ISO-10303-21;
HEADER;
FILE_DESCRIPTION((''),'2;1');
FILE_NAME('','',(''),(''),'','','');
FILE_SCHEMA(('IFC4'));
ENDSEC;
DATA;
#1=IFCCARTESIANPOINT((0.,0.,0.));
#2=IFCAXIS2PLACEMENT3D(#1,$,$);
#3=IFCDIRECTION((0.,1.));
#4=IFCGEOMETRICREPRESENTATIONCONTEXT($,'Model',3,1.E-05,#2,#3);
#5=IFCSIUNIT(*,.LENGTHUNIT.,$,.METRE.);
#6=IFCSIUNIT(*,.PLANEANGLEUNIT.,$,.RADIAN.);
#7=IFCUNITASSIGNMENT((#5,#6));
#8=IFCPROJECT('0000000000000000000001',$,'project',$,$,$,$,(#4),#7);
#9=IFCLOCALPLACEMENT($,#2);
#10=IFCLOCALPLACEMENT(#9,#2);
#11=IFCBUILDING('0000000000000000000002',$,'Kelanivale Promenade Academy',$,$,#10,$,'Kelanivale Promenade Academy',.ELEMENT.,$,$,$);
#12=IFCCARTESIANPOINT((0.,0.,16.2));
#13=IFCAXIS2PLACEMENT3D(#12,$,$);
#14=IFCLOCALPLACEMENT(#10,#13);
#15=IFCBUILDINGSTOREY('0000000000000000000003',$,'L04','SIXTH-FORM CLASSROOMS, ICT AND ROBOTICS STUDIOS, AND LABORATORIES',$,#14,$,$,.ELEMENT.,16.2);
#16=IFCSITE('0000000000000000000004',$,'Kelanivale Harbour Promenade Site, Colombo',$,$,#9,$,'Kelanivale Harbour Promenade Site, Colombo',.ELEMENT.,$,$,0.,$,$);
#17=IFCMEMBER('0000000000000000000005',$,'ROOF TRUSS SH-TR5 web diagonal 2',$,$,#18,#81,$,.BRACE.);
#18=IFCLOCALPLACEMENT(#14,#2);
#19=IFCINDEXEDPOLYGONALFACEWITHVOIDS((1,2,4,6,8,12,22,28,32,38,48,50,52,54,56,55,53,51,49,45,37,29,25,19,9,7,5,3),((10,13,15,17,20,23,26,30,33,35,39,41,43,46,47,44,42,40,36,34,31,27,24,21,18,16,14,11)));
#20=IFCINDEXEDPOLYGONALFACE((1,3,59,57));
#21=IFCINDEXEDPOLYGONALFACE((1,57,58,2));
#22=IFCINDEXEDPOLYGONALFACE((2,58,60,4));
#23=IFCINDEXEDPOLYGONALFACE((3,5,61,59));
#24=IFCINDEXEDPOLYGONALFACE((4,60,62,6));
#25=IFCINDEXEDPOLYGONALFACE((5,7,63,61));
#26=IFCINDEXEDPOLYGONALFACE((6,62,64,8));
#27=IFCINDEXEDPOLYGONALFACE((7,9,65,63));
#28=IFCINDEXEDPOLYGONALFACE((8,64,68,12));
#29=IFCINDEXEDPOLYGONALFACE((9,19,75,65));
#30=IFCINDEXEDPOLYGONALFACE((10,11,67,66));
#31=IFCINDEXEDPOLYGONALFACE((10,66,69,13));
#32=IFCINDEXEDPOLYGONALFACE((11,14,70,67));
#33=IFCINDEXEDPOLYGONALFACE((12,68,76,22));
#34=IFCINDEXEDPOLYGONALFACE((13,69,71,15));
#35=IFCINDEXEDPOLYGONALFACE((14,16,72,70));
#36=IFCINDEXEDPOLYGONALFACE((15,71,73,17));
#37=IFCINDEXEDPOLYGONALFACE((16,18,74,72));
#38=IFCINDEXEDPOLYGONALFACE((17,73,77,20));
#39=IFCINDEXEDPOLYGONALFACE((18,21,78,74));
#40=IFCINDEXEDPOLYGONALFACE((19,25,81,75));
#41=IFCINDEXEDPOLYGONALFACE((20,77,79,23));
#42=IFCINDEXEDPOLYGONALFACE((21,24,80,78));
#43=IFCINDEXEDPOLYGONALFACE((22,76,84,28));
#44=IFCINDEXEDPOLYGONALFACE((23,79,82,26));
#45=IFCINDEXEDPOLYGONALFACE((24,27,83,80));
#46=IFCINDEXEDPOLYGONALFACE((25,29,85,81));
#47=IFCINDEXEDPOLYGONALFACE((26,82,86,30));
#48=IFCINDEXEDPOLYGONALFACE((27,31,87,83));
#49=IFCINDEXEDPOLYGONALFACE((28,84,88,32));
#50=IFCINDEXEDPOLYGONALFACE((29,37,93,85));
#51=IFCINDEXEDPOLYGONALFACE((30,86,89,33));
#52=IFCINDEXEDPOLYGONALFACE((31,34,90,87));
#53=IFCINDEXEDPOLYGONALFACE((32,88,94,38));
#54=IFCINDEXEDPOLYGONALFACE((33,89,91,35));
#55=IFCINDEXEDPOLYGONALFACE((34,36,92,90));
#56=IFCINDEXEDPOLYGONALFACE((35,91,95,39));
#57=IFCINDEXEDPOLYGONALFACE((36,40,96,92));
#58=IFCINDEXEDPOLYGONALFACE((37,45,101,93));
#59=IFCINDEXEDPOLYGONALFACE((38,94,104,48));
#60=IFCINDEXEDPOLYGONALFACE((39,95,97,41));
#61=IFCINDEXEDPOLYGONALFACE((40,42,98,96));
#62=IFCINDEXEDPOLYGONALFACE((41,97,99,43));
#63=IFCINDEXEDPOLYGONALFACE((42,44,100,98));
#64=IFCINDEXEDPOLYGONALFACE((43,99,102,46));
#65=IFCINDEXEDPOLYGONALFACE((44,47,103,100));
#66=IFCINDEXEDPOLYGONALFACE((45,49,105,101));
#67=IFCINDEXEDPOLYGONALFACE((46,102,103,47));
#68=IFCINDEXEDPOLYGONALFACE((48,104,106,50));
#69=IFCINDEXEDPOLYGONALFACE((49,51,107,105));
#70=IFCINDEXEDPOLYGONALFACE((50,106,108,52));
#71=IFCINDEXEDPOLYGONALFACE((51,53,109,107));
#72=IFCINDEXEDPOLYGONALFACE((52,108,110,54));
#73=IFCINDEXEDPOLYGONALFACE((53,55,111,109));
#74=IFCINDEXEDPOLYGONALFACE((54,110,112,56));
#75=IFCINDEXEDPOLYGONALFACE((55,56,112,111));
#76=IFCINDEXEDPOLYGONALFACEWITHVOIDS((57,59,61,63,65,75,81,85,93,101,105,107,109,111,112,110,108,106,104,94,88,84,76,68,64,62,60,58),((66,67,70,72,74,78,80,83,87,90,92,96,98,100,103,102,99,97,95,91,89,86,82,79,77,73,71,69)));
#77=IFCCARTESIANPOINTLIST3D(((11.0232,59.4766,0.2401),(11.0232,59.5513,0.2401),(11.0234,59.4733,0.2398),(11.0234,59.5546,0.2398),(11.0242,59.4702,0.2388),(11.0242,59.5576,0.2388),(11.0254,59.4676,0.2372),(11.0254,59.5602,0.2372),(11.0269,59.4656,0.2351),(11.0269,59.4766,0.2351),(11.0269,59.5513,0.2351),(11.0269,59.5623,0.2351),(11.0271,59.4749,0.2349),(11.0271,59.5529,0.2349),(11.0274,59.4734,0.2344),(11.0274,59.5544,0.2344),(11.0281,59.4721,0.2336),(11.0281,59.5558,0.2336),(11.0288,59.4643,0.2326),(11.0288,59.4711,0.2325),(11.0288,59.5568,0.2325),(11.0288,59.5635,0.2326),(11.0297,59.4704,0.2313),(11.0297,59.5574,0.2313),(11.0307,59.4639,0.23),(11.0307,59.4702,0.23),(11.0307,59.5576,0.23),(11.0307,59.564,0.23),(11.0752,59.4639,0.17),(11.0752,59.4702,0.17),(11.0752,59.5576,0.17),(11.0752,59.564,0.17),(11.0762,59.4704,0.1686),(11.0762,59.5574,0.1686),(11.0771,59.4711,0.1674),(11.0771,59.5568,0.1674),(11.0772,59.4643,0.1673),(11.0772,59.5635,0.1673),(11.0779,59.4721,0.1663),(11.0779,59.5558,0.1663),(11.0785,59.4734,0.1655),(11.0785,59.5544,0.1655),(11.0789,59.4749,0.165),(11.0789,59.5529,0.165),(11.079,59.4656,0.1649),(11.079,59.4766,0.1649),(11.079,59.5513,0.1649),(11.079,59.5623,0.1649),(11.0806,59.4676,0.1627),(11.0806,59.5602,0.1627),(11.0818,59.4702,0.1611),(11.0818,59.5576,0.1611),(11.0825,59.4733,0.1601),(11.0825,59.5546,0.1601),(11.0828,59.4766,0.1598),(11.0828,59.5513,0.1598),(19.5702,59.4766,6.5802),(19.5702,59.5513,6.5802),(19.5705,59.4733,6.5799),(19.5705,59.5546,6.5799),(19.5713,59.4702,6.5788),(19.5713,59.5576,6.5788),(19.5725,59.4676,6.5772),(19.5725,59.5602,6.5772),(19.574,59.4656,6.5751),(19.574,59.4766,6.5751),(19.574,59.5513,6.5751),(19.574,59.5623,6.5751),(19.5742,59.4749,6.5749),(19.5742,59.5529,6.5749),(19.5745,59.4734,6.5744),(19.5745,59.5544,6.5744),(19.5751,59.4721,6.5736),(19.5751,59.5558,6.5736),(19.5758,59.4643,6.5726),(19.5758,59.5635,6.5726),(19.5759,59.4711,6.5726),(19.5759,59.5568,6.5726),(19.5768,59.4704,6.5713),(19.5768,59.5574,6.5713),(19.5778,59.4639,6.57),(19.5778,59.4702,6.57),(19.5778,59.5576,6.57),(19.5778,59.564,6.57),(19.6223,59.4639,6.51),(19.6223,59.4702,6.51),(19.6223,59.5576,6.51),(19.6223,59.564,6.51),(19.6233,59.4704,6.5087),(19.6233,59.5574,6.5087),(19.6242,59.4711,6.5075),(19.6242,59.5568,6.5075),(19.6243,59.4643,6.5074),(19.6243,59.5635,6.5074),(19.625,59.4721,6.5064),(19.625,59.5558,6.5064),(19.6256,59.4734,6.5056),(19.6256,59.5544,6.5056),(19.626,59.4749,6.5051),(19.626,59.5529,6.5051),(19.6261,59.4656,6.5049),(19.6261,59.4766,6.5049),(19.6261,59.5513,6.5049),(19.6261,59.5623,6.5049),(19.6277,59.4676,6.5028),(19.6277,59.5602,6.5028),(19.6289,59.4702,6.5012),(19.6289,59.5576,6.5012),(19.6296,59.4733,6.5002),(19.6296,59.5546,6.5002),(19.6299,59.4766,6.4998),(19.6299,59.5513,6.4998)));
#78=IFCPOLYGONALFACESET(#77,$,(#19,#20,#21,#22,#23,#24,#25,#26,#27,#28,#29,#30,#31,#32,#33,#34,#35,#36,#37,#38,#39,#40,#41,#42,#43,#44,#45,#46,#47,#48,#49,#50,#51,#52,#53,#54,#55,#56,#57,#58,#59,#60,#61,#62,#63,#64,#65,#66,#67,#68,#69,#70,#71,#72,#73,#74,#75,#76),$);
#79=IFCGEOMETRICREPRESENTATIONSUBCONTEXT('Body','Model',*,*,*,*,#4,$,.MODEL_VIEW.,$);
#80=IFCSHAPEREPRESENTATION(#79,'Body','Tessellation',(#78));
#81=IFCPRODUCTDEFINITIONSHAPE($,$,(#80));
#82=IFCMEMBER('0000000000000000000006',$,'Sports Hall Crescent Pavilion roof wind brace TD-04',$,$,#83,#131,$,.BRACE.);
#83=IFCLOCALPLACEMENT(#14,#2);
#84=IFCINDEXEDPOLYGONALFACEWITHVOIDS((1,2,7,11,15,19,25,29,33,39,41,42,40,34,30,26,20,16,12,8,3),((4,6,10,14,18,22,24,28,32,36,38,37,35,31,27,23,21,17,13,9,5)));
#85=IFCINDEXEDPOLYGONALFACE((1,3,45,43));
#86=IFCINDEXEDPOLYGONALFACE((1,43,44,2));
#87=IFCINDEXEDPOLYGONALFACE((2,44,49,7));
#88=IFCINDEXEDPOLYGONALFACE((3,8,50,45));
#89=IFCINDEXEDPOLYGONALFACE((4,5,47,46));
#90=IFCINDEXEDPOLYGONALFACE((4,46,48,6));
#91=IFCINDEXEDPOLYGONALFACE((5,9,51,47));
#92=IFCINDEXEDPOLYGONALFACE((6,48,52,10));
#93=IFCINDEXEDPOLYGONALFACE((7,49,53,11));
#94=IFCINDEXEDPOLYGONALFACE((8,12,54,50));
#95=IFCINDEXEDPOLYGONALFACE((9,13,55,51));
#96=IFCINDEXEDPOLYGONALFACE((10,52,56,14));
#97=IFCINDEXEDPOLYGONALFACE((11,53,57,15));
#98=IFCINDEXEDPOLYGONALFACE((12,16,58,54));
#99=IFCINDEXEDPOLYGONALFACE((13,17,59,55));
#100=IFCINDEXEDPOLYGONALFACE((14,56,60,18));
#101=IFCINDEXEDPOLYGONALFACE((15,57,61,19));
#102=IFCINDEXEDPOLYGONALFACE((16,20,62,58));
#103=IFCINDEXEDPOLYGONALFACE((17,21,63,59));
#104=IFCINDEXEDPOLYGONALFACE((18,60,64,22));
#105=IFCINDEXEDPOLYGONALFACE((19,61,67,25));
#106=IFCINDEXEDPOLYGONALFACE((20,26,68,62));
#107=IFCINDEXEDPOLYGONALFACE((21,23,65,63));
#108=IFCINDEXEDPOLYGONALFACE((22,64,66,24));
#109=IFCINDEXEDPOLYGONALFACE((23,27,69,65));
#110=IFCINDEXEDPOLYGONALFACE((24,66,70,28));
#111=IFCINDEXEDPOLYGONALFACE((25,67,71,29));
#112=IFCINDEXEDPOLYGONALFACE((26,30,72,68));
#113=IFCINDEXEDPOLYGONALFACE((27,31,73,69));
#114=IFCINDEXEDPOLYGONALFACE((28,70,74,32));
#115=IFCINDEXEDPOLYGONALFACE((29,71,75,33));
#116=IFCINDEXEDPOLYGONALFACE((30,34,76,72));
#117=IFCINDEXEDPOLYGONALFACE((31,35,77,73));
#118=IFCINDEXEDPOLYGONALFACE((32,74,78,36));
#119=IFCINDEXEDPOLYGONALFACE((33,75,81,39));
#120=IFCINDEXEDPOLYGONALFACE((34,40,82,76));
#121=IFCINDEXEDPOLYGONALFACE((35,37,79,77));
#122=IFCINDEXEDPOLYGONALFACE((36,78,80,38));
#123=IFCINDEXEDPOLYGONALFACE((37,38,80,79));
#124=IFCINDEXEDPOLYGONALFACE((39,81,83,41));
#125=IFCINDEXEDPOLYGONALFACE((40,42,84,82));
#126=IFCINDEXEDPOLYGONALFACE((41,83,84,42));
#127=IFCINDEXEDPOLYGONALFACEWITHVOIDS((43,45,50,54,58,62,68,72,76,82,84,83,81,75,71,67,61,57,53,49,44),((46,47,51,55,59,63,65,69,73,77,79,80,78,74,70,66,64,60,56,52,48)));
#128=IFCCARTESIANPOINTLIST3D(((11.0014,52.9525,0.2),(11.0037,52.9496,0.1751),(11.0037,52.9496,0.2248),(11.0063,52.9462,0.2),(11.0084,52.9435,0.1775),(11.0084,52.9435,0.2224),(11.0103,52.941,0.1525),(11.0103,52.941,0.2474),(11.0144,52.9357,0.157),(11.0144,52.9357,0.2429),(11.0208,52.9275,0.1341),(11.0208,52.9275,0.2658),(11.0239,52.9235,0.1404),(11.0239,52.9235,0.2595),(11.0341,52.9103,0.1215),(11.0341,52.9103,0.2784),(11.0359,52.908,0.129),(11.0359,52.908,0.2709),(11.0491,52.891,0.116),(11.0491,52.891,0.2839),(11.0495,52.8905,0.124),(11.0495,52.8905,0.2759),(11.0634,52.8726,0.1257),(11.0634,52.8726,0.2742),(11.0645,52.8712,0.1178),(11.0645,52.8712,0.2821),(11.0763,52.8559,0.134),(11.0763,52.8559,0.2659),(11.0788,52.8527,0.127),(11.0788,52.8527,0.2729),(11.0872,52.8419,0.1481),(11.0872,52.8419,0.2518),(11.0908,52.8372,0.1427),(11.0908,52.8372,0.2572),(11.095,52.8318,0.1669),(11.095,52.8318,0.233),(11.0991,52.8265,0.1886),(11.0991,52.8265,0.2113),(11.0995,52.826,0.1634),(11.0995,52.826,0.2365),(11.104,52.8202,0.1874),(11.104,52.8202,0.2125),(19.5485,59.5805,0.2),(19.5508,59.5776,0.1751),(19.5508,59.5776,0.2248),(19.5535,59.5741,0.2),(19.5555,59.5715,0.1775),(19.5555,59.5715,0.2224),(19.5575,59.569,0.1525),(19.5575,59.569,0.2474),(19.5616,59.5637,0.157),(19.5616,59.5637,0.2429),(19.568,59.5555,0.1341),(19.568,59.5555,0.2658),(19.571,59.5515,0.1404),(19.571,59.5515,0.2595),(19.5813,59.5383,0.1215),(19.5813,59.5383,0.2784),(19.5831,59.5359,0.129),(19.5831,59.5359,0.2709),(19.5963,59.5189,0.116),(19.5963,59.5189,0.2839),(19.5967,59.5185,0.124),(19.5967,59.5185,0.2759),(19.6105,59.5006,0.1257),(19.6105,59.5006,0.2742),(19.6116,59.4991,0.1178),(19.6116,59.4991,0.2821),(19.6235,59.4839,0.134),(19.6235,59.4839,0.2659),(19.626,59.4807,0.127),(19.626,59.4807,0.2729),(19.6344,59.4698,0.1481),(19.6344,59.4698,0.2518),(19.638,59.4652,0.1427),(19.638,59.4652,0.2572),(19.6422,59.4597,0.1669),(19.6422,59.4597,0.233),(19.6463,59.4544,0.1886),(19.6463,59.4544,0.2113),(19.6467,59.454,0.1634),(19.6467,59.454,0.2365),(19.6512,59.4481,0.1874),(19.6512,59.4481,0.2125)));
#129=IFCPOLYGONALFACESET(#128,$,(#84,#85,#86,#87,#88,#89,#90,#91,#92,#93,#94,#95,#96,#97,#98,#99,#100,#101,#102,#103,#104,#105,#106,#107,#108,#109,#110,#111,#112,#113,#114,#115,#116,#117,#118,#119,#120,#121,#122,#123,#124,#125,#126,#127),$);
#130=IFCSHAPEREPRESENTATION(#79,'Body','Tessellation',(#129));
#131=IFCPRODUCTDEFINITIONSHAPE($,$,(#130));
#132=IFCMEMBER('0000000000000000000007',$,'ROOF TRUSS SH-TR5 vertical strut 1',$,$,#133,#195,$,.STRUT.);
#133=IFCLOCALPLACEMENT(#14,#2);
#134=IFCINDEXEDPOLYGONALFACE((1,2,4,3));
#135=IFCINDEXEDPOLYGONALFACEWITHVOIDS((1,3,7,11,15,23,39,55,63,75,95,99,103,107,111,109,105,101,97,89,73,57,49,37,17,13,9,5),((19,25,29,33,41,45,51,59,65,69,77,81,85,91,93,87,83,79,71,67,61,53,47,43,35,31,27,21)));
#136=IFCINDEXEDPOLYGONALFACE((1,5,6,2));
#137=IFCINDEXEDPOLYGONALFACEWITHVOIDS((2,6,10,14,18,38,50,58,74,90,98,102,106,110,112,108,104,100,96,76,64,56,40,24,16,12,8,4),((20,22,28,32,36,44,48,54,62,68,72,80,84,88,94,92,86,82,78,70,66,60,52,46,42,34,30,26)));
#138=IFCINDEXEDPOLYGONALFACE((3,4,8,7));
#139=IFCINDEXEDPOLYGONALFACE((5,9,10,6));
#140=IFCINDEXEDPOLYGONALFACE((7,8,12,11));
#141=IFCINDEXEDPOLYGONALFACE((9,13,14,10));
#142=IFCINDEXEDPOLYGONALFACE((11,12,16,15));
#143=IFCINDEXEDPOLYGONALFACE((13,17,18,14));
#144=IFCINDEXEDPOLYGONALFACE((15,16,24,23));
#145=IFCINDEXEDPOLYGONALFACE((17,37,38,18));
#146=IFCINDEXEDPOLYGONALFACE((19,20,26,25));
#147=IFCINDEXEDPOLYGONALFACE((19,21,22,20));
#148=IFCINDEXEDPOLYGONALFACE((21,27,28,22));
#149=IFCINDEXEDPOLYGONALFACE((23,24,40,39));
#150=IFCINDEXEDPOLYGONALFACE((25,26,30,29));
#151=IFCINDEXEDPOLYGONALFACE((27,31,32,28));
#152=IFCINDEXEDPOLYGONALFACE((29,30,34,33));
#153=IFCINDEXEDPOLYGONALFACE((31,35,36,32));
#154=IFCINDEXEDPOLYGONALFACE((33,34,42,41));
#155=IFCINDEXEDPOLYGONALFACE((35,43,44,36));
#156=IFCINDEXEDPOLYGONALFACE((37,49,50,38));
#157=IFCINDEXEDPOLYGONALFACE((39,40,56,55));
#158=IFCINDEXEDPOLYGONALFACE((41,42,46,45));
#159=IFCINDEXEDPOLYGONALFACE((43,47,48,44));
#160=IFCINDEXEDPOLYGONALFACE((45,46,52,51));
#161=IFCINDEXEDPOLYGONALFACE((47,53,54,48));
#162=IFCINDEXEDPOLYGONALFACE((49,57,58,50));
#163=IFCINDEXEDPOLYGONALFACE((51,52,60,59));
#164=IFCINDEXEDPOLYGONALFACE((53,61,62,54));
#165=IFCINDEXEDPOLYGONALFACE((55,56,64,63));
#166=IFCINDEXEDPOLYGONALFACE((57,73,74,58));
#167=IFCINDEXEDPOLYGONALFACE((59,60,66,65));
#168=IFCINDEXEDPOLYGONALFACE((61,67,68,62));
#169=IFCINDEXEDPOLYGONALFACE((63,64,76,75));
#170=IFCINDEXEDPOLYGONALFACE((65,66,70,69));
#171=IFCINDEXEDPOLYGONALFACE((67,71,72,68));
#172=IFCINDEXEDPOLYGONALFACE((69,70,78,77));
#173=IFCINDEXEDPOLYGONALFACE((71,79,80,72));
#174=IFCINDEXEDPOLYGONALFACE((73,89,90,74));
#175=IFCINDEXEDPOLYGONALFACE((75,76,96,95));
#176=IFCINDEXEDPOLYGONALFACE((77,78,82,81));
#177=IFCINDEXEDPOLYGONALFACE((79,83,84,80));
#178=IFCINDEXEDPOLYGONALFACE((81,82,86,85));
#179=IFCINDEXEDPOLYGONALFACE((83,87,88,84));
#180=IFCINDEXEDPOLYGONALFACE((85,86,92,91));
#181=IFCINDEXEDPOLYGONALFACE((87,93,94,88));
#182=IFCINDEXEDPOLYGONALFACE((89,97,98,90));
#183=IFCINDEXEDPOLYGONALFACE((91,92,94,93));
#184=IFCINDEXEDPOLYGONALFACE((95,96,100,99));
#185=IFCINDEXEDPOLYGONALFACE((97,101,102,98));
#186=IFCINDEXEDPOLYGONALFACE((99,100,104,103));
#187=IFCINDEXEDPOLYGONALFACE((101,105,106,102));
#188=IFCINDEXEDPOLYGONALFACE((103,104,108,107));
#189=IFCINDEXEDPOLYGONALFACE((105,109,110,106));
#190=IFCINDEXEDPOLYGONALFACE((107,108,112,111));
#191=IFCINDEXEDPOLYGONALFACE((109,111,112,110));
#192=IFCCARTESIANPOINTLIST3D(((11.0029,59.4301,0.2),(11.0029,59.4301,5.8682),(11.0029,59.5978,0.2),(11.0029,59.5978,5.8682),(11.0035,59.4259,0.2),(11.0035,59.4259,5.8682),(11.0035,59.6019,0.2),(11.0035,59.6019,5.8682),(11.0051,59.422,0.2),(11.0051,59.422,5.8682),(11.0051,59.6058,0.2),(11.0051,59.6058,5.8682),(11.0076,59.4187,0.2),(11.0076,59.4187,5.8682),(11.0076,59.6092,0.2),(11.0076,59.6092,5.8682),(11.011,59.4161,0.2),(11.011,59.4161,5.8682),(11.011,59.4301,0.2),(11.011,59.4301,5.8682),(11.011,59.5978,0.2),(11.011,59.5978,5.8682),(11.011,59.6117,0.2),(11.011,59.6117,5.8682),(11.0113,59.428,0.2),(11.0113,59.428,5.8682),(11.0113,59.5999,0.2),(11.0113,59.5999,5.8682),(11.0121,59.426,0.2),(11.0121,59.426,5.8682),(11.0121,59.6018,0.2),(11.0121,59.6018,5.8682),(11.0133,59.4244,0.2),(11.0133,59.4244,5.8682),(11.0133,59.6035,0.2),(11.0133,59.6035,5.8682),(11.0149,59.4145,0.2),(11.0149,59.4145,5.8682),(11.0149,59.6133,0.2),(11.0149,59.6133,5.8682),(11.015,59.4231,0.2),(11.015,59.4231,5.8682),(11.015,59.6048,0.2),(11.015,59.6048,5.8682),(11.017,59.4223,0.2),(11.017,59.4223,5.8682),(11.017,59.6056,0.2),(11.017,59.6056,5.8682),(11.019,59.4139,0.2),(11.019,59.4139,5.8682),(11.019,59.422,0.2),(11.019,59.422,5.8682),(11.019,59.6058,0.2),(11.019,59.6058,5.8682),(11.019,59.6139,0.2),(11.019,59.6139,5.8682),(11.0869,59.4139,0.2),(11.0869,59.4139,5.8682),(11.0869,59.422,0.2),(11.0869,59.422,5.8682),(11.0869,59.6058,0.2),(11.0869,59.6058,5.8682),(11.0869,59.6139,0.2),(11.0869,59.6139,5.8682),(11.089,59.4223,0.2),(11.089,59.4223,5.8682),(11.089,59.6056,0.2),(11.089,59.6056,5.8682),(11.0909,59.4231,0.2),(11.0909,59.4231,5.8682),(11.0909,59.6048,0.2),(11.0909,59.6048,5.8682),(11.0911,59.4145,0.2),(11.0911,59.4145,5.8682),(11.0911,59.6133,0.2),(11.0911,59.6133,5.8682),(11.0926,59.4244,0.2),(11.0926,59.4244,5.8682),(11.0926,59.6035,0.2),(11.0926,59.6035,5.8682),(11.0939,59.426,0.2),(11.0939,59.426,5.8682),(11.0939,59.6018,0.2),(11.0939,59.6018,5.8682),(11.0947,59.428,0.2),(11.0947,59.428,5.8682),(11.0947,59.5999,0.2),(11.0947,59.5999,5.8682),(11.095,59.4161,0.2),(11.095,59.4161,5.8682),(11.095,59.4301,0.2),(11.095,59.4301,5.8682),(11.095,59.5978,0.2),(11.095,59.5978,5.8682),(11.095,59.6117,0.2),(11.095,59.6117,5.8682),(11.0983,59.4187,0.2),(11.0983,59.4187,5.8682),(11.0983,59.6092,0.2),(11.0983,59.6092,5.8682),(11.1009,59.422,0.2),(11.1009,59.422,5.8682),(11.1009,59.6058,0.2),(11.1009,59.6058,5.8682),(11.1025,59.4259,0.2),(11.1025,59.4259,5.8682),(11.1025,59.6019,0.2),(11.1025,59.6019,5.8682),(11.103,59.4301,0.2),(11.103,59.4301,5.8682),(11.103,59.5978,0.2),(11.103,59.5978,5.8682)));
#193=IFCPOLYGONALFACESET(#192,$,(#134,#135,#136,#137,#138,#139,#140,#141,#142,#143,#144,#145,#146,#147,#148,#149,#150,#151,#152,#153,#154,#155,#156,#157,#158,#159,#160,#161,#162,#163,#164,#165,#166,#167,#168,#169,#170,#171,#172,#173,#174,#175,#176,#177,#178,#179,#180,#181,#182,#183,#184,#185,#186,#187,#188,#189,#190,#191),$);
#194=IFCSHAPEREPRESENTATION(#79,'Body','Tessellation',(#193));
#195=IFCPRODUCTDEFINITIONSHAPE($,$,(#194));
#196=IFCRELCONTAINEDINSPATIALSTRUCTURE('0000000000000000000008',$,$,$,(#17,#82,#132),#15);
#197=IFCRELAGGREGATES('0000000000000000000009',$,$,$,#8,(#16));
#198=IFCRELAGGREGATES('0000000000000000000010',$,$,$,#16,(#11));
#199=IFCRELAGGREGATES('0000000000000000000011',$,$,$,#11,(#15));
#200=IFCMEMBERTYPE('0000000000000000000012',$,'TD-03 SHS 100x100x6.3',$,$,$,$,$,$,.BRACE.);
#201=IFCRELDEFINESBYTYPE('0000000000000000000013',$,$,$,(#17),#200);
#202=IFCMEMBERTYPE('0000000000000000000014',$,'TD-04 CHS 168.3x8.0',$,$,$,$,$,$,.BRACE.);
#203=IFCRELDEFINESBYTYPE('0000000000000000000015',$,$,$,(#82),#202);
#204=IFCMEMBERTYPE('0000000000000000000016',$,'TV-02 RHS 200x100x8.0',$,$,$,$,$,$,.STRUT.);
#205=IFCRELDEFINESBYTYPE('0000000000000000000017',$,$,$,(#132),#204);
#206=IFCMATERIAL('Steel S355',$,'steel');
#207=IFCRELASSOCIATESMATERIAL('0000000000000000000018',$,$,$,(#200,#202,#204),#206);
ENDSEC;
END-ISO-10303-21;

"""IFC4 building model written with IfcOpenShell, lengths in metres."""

from ifc_helpers import new_model, si_unit, direction, frame, origin, origin_2d, place, context, subcontext, project, spatial, hollow_rectangle, hollow_circle, extrude, material, material_profile, profile_set, type_object, element, save


model = new_model("IFC4")

# Units and contexts
model_context = context("Model", 3, precision=1e-05, world=origin(), true_north=direction((0.0, 1.0)))
body_context = subcontext(model_context, "Body", "Model", "MODEL_VIEW")
ifc_project = project(units=[si_unit("LENGTHUNIT", "METRE"), si_unit("PLANEANGLEUNIT", "RADIAN")], contexts=[model_context])

# Site, building, storey
site_placement = place(None, origin())
site = spatial("IfcSite", under=ifc_project, at=site_placement, Name="Kelanivale Harbour Promenade Site, Colombo", LongName="Kelanivale Harbour Promenade Site, Colombo", CompositionType="ELEMENT", RefElevation=0.0)
building_placement = place(site_placement, origin())
building = spatial("IfcBuilding", under=site, at=building_placement, Name="Kelanivale Promenade Academy", LongName="Kelanivale Promenade Academy", CompositionType="ELEMENT")
storey_placement = place(building_placement, frame((0.0, 0.0, 16.2)))
storey = spatial("IfcBuildingStorey", under=building, at=storey_placement, Name="L04", Description="SIXTH-FORM CLASSROOMS, ICT AND ROBOTICS STUDIOS, AND LABORATORIES", CompositionType="ELEMENT", Elevation=16.2)

# Shared definitions
ifc_material_1 = material(Name="Steel S355", Category="steel")

# Members
ifc_material_profile_1 = material_profile(ifc_material_1, hollow_rectangle(XDim=0.1001, YDim=0.1001, WallThickness=0.0063, InnerFilletRadius=0.0063, OuterFilletRadius=0.0127, at=origin_2d()), Name="SHS 100x100x6.3")
ifc_profile_set_1 = profile_set([ifc_material_profile_1], Name="Steel S355")
member_type_1 = type_object("IfcMemberType", Name="TD-03 SHS 100x100x6.3", PredefinedType="BRACE", material=ifc_profile_set_1)
member_1_placement = place(storey_placement, frame((11.053, 59.5139, 0.2), z_axis=(0.803158, 0.0, 0.595767), x_axis=(0.0, 1.0, 0.0)))
element("IfcMember", 1, at=member_1_placement, inside=storey, type_object=member_type_1, Name="ROOF TRUSS SH-TR5 web diagonal 2", PredefinedType="BRACE", context=body_context, shape_type="SweptSolid", body=[
    extrude(hollow_rectangle(XDim=0.1001, YDim=0.1001, WallThickness=0.0063, InnerFilletRadius=0.0063, OuterFilletRadius=0.0127, at=origin_2d()), origin(), (0.0, 0.0, 1.0), 10.6418),
])
ifc_material_profile_2 = material_profile(ifc_material_1, hollow_circle(Radius=0.0842, WallThickness=0.0081, at=origin_2d()), Name="CHS 168.3x8.0")
ifc_profile_set_2 = profile_set([ifc_material_profile_2], Name="Steel S355")
member_type_2 = type_object("IfcMemberType", Name="TD-04 CHS 168.3x8.0", PredefinedType="BRACE", material=ifc_profile_set_2)
member_2_placement = place(storey_placement, frame((11.053, 52.886, 0.2), z_axis=(0.79024, 0.612798, 0.0), x_axis=(-0.612798, 0.79024, 0.0)))
element("IfcMember", 2, at=member_2_placement, inside=storey, type_object=member_type_2, Name="Sports Hall Crescent Pavilion roof wind brace TD-04", PredefinedType="BRACE", context=body_context, shape_type="SweptSolid", body=[
    extrude(hollow_circle(Radius=0.0842, WallThickness=0.0081, at=origin_2d()), origin(), (0.0, 0.0, 1.0), 10.8159),
])
ifc_material_profile_3 = material_profile(ifc_material_1, hollow_rectangle(XDim=0.1001, YDim=0.2, WallThickness=0.0081, InnerFilletRadius=0.0081, OuterFilletRadius=0.0161, at=origin_2d()), Name="RHS 200x100x8.0")
ifc_profile_set_3 = profile_set([ifc_material_profile_3], Name="Steel S355")
member_type_3 = type_object("IfcMemberType", Name="TV-02 RHS 200x100x8.0", PredefinedType="STRUT", material=ifc_profile_set_3)
member_3_placement = place(storey_placement, frame((11.053, 59.5139, 0.2), z_axis=(0.0, 0.0, 1.0), x_axis=(1.0, 0.0, 0.0)))
element("IfcMember", 3, at=member_3_placement, inside=storey, type_object=member_type_3, Name="ROOF TRUSS SH-TR5 vertical strut 1", PredefinedType="STRUT", context=body_context, shape_type="SweptSolid", body=[
    extrude(hollow_rectangle(XDim=0.1001, YDim=0.2, WallThickness=0.0081, InnerFilletRadius=0.0081, OuterFilletRadius=0.0161, at=origin_2d()), origin(), (0.0, 0.0, 1.0), 5.6682),
])

save(model, "model.ifc")
